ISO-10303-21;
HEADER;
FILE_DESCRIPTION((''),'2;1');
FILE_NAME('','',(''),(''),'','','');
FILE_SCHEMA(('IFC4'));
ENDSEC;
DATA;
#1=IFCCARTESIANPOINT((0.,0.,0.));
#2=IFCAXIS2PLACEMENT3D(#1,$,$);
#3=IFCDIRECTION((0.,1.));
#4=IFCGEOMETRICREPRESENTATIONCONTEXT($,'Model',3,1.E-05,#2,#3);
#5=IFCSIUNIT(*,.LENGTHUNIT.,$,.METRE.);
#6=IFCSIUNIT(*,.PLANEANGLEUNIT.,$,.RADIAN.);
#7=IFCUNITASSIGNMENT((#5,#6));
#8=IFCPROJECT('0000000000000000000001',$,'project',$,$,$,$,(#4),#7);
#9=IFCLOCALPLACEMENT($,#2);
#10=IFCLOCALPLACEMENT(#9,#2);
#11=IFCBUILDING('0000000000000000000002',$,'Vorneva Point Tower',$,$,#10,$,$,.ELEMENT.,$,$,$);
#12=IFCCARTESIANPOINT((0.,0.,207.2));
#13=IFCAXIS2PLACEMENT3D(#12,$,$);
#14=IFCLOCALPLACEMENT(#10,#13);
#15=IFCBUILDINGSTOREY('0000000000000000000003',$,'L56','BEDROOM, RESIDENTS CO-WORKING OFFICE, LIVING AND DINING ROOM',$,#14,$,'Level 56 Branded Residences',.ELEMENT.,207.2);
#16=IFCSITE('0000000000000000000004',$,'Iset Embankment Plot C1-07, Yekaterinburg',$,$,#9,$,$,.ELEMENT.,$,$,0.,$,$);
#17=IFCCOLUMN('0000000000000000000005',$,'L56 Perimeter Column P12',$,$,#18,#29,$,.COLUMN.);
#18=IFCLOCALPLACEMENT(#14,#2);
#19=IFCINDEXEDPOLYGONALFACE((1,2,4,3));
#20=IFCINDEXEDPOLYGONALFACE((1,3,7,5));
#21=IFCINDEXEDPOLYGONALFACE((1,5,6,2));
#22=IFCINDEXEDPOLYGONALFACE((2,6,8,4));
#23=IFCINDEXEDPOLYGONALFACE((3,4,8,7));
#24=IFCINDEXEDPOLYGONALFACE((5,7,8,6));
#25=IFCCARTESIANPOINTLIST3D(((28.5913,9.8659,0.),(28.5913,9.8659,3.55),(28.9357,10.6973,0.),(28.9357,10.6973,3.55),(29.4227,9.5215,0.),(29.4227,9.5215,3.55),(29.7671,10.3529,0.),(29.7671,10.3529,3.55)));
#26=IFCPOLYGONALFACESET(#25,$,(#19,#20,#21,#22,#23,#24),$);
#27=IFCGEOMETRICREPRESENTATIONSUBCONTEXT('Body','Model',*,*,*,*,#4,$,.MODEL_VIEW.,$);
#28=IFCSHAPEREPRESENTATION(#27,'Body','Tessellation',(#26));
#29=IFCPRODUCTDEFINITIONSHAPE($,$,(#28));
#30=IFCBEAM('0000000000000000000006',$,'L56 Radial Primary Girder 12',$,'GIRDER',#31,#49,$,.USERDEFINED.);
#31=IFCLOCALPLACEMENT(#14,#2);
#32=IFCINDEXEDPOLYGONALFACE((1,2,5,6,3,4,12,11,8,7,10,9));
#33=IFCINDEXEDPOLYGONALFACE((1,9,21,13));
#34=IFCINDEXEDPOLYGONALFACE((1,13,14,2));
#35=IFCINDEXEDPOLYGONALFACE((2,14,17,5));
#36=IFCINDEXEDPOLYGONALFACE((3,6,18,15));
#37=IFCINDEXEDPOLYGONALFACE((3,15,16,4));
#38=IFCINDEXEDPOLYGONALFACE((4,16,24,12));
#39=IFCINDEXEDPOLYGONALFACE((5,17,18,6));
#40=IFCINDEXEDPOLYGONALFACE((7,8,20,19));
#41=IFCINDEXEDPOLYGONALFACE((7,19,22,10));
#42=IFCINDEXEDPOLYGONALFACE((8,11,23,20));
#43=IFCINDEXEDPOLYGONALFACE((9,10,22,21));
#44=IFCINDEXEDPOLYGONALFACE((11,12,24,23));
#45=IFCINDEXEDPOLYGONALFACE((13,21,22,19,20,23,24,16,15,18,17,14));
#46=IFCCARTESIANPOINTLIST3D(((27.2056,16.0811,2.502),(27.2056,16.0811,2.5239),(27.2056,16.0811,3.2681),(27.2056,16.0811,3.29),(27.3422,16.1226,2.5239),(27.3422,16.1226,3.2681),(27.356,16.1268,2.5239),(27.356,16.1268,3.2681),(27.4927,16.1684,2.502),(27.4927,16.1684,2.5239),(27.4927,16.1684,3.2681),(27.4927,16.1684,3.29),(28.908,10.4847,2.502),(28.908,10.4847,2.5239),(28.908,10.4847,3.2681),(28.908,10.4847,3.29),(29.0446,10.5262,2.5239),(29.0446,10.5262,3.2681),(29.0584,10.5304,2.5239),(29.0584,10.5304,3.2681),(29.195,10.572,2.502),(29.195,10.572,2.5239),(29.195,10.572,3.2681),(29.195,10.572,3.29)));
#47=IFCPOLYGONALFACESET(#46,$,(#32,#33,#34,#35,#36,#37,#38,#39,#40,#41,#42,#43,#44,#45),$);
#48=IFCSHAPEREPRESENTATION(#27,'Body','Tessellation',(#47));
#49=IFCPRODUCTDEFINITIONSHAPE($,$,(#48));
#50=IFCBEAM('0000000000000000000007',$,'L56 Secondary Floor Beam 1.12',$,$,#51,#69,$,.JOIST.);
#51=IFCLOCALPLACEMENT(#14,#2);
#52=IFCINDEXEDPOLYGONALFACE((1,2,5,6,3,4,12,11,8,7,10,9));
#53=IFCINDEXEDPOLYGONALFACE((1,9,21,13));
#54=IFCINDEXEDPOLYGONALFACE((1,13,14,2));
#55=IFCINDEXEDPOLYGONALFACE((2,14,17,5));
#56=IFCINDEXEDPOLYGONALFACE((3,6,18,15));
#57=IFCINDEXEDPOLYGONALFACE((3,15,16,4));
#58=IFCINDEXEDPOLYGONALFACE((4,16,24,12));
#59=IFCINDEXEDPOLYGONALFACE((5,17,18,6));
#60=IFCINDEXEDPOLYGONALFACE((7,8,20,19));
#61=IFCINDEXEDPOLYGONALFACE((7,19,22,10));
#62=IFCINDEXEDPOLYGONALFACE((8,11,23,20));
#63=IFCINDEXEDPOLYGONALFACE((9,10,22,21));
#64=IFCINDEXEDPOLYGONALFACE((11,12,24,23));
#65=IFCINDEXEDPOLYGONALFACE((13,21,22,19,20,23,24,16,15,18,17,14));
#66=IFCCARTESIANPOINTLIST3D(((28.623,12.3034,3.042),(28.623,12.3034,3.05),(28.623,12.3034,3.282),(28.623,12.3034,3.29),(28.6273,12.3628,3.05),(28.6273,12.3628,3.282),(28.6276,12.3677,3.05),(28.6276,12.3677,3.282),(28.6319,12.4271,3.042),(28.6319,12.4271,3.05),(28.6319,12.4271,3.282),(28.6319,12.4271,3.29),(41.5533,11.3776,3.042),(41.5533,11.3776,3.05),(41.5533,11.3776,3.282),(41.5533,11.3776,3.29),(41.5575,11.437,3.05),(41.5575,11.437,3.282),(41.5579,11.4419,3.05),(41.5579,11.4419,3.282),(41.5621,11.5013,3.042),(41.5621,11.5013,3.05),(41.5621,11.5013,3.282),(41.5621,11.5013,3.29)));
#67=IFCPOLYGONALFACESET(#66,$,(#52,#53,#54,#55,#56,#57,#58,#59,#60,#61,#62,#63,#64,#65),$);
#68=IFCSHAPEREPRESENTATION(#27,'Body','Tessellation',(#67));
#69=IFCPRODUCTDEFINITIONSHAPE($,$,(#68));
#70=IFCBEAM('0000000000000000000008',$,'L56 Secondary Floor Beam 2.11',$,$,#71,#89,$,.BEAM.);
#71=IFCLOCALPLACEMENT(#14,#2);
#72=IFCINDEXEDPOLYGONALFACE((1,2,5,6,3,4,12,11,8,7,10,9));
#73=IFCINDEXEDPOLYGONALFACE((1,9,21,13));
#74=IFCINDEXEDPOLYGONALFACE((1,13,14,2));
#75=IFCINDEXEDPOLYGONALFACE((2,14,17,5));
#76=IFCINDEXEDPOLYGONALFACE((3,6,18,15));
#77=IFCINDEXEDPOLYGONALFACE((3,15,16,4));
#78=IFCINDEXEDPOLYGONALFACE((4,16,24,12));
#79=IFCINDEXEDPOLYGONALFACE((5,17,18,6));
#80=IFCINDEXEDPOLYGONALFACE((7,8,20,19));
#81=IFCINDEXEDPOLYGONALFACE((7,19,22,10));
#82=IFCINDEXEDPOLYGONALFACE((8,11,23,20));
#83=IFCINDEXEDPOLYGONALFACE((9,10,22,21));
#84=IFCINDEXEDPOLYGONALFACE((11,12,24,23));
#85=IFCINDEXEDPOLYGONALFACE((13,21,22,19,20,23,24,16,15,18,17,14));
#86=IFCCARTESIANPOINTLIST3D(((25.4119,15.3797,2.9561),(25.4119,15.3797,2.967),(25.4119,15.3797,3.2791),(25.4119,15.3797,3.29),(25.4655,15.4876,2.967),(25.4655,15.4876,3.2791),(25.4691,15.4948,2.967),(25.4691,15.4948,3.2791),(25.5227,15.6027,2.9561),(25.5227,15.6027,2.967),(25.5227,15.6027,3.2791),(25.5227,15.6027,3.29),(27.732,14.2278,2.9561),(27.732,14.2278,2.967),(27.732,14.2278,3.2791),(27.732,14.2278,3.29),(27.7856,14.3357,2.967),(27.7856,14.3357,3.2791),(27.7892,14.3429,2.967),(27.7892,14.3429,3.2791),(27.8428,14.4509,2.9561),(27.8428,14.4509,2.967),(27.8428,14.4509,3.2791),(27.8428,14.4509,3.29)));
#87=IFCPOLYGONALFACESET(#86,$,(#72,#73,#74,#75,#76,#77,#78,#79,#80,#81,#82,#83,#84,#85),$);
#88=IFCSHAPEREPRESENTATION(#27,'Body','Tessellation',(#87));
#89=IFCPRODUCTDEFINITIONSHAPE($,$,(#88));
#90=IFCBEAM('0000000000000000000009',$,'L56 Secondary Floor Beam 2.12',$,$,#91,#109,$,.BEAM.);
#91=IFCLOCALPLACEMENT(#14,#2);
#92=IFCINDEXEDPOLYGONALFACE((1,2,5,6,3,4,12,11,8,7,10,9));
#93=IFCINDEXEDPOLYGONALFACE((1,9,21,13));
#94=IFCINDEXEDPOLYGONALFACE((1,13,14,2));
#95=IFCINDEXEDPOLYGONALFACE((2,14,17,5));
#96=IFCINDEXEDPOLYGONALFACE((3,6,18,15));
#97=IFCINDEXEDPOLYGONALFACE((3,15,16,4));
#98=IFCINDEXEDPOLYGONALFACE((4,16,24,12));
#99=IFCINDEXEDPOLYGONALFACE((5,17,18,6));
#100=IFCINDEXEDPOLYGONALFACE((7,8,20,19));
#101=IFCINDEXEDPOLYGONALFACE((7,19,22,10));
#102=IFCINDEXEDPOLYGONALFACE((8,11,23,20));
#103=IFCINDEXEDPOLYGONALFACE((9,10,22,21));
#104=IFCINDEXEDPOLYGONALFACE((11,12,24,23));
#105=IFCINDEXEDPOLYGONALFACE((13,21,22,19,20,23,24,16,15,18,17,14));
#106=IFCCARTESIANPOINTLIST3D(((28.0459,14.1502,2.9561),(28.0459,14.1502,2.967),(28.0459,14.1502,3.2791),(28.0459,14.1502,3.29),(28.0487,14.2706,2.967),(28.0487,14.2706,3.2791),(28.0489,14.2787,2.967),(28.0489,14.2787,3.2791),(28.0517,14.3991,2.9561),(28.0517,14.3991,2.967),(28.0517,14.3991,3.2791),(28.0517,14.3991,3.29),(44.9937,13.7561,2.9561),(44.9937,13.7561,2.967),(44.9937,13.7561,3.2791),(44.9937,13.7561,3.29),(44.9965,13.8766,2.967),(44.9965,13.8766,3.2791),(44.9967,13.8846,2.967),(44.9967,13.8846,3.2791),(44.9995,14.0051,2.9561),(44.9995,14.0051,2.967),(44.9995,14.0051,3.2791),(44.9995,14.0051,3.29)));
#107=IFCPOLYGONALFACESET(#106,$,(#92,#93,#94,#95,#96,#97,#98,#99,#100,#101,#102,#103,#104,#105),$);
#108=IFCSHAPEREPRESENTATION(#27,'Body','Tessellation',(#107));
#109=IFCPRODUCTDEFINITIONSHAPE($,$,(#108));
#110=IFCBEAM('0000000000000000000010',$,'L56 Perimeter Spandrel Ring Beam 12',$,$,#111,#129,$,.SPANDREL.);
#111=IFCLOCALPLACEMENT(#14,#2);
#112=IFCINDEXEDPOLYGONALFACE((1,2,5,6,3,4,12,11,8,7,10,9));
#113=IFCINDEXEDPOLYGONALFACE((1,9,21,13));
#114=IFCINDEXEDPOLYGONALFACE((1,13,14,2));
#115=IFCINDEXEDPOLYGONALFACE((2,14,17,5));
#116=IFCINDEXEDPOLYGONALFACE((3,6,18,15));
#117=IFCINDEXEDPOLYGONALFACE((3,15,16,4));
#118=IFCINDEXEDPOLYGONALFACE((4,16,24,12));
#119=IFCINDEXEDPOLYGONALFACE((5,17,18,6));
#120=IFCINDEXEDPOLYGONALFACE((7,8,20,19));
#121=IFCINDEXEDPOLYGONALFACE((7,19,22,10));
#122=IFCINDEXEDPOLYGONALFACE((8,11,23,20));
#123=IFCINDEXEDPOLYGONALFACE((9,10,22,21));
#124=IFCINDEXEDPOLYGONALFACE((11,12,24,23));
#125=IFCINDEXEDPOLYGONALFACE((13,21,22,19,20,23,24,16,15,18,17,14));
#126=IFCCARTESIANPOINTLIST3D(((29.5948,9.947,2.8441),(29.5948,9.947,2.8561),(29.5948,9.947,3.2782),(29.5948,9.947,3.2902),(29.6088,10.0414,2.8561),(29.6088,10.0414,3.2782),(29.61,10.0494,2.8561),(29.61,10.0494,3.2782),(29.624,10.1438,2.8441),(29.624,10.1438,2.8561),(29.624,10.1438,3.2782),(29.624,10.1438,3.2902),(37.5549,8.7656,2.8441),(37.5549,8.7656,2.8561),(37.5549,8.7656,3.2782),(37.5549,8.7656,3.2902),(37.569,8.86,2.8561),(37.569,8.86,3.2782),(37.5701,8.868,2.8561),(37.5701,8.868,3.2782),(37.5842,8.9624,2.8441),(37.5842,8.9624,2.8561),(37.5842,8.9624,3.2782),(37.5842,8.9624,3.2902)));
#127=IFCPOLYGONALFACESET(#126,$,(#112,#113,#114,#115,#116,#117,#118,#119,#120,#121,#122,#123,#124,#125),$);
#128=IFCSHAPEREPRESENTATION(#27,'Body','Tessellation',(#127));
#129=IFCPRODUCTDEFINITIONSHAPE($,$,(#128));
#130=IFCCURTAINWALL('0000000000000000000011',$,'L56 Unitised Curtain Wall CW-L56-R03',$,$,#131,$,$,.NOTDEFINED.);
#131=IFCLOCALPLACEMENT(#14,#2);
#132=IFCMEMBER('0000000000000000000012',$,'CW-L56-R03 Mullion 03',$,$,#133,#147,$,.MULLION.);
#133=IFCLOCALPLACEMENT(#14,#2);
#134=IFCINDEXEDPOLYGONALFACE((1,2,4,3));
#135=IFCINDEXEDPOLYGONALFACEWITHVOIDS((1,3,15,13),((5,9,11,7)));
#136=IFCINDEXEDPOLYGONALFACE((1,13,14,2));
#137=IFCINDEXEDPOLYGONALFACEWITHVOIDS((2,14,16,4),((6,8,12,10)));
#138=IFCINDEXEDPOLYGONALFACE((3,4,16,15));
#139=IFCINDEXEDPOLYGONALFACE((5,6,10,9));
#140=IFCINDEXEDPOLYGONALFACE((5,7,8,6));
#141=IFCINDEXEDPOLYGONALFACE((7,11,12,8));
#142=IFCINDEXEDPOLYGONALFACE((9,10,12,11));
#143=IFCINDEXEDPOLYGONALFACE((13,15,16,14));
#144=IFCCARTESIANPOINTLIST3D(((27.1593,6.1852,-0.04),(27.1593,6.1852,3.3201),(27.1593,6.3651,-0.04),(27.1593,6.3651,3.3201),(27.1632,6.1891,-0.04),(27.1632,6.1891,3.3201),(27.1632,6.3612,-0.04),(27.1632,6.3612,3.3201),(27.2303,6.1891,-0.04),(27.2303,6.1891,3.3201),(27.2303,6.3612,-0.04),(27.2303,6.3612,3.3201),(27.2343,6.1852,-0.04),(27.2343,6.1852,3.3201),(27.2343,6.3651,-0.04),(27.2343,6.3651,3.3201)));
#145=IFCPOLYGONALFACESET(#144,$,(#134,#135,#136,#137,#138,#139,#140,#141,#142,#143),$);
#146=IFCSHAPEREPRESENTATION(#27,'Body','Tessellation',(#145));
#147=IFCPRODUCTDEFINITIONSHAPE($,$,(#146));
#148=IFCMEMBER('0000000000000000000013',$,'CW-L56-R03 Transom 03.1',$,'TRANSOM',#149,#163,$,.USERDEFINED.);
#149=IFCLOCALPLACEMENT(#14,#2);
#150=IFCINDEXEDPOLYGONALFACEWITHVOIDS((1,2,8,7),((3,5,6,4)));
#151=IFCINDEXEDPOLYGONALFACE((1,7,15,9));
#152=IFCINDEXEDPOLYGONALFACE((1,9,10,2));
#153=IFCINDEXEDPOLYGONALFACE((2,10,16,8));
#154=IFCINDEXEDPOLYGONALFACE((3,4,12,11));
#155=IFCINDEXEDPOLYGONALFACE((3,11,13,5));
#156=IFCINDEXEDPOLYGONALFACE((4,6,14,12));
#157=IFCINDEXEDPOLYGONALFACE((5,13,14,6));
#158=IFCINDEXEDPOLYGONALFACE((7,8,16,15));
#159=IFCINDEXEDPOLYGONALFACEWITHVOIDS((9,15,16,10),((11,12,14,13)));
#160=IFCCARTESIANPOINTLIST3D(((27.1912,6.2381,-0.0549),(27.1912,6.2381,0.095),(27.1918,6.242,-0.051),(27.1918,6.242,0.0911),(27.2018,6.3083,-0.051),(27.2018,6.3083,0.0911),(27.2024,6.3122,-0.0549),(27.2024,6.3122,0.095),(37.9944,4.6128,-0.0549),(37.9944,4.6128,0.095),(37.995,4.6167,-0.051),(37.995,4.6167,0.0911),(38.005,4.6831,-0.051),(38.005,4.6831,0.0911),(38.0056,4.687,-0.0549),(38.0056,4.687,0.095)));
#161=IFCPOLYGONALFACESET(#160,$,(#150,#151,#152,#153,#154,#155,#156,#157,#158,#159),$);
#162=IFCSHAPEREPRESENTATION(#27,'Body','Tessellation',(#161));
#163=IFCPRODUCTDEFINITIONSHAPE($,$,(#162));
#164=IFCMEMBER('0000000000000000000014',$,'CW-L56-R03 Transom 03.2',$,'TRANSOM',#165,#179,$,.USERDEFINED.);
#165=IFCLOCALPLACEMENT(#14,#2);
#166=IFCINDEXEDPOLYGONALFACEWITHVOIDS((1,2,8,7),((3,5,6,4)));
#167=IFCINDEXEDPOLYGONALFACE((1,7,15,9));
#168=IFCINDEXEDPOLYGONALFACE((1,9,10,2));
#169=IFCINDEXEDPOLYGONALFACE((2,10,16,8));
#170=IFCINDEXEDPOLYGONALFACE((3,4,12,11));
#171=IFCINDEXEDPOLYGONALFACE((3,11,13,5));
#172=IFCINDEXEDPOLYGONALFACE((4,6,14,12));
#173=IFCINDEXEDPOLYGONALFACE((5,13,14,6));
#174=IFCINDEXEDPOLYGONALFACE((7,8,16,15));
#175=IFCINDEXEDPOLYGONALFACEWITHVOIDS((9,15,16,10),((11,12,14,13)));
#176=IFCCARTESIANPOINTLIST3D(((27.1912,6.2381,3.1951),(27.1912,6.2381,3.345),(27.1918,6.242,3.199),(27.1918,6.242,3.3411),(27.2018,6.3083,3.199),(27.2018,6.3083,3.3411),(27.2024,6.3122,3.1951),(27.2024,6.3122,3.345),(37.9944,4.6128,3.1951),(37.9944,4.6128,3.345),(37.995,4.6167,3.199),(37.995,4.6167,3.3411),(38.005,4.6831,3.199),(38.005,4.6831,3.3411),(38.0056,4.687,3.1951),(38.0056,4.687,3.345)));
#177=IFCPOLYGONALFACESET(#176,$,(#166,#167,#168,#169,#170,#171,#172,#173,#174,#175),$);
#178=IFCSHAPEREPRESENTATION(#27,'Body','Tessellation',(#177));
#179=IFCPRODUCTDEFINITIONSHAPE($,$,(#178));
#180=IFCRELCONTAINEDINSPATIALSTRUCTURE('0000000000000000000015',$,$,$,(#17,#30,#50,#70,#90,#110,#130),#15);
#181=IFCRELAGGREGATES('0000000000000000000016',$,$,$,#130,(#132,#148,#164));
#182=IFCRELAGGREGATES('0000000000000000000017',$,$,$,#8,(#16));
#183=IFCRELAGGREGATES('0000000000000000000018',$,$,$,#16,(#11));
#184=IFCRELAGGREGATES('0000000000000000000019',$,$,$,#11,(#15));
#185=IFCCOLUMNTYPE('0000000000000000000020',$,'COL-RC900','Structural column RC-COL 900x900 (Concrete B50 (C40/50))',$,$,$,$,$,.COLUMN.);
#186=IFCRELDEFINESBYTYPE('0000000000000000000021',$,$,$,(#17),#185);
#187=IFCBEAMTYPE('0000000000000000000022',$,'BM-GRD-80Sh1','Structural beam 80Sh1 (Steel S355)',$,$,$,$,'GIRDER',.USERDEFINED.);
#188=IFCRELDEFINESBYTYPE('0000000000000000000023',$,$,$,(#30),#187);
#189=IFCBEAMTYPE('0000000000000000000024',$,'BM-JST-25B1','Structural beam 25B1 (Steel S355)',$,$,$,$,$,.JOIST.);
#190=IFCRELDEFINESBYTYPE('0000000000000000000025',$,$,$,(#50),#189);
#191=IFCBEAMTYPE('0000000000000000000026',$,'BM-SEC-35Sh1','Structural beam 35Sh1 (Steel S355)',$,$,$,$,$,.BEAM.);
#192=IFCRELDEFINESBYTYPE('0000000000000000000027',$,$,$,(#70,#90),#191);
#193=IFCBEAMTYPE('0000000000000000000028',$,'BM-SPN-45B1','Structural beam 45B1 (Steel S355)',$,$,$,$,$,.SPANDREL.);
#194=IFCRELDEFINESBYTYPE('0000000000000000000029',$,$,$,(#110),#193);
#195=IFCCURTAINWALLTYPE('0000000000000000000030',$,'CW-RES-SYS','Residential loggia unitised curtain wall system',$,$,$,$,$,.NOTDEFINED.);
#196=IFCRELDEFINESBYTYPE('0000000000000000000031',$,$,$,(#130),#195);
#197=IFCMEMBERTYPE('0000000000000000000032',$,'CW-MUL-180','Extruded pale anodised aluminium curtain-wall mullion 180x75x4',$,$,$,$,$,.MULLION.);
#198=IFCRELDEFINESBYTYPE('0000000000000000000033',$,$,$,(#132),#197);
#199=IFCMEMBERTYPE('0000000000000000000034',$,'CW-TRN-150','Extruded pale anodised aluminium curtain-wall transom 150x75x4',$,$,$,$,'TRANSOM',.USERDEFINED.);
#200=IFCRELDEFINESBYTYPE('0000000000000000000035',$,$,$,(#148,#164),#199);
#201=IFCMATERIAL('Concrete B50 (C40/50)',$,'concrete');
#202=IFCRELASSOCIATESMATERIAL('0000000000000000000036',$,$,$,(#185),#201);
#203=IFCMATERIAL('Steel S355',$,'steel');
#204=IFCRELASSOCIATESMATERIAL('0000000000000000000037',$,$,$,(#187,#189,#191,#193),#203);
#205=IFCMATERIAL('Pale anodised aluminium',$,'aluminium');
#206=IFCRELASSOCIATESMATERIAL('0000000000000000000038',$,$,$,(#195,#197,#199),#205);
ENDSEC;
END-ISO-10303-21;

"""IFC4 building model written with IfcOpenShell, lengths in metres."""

from ifc_helpers import new_model, si_unit, direction, frame, origin, origin_2d, place, context, subcontext, project, spatial, rectangle, hollow_rectangle, i_section, extrude, material, material_profile, profile_set, type_object, element, aggregate, save


model = new_model("IFC4")

# Units and contexts
model_context = context("Model", 3, precision=1e-05, world=origin(), true_north=direction((0.0, 1.0)))
body_context = subcontext(model_context, "Body", "Model", "MODEL_VIEW")
ifc_project = project(units=[si_unit("LENGTHUNIT", "METRE"), si_unit("PLANEANGLEUNIT", "RADIAN")], contexts=[model_context])

# Site, building, storey
site_placement = place(None, origin())
site = spatial("IfcSite", under=ifc_project, at=site_placement, Name="Iset Embankment Plot C1-07, Yekaterinburg", CompositionType="ELEMENT", RefElevation=0.0)
building_placement = place(site_placement, origin())
building = spatial("IfcBuilding", under=site, at=building_placement, Name="Vorneva Point Tower", CompositionType="ELEMENT")
storey_placement = place(building_placement, frame((0.0, 0.0, 207.2)))
storey = spatial("IfcBuildingStorey", under=building, at=storey_placement, Name="L56", Description="BEDROOM, RESIDENTS CO-WORKING OFFICE, LIVING AND DINING ROOM", LongName="Level 56 Branded Residences", CompositionType="ELEMENT", Elevation=207.2)

# Column
ifc_material_1 = material(Name="Concrete B50 (C40/50)", Category="concrete")
ifc_material_profile_1 = material_profile(ifc_material_1, rectangle(XDim=0.8999, YDim=0.8999, at=origin_2d()), Name="RC-COL 900x900")
ifc_profile_set_1 = profile_set([ifc_material_profile_1], Name="Concrete B50 (C40/50)")
column_type = type_object("IfcColumnType", Name="COL-RC900", Description="Structural column RC-COL 900x900 (Concrete B50 (C40/50))", PredefinedType="COLUMN", material=ifc_profile_set_1)
column_placement = place(storey_placement, frame((29.1792, 10.1094, 0.0), z_axis=(0.0, 0.0, 1.0), x_axis=(-0.382683, -0.92388, 0.0)))
element("IfcColumn", 1, at=column_placement, inside=storey, type_object=column_type, Name="L56 Perimeter Column P12", PredefinedType="COLUMN", context=body_context, shape_type="SweptSolid", body=[
    extrude(rectangle(XDim=0.8999, YDim=0.8999, at=origin_2d()), origin(), (0.0, 0.0, 1.0), 3.55),
])

# Beams
ifc_material_2 = material(Name="Steel S355", Category="steel")
ifc_material_profile_2 = material_profile(ifc_material_2, i_section(OverallWidth=0.3, OverallDepth=0.7881, WebThickness=0.0144, FlangeThickness=0.022, at=origin_2d()), Name="80Sh1")
ifc_profile_set_2 = profile_set([ifc_material_profile_2], Name="Steel S355")
beam_type_1 = type_object("IfcBeamType", Name="BM-GRD-80Sh1", Description="Structural beam 80Sh1 (Steel S355)", ElementType="GIRDER", PredefinedType="USERDEFINED", material=ifc_profile_set_2)
beam_1_placement = place(storey_placement, frame((29.0515, 10.5283, 2.896), z_axis=(-0.291025, 0.956715, 0.0), x_axis=(-0.956715, -0.291025, 0.0)))
element("IfcBeam", 2, at=beam_1_placement, inside=storey, type_object=beam_type_1, Name="L56 Radial Primary Girder 12", ObjectType="GIRDER", PredefinedType="USERDEFINED", context=body_context, shape_type="SweptSolid", body=[
    extrude(i_section(OverallWidth=0.3, OverallDepth=0.7881, WebThickness=0.0144, FlangeThickness=0.022, at=origin_2d()), origin(), (0.0, 0.0, 1.0), 5.8496),
])
ifc_material_profile_3 = material_profile(ifc_material_2, i_section(OverallWidth=0.124, OverallDepth=0.248, WebThickness=0.0049, FlangeThickness=0.0081, at=origin_2d()), Name="25B1")
ifc_profile_set_3 = profile_set([ifc_material_profile_3], Name="Steel S355")
beam_type_2 = type_object("IfcBeamType", Name="BM-JST-25B1", Description="Structural beam 25B1 (Steel S355)", PredefinedType="JOIST", material=ifc_profile_set_3)
beam_2_placement = place(storey_placement, frame((28.6274, 12.3652, 3.166), z_axis=(0.997447, -0.071416, 0.0), x_axis=(0.071416, 0.997447, 0.0)))
element("IfcBeam", 3, at=beam_2_placement, inside=storey, type_object=beam_type_2, Name="L56 Secondary Floor Beam 1.12", PredefinedType="JOIST", context=body_context, shape_type="SweptSolid", body=[
    extrude(i_section(OverallWidth=0.124, OverallDepth=0.248, WebThickness=0.0049, FlangeThickness=0.0081, at=origin_2d()), origin(), (0.0, 0.0, 1.0), 12.9634),
])
ifc_material_profile_4 = material_profile(ifc_material_2, i_section(OverallWidth=0.249, OverallDepth=0.334, WebThickness=0.0081, FlangeThickness=0.011, at=origin_2d()), Name="35Sh1")
ifc_profile_set_4 = profile_set([ifc_material_profile_4], Name="Steel S355")
beam_type_3 = type_object("IfcBeamType", Name="BM-SEC-35Sh1", Description="Structural beam 35Sh1 (Steel S355)", PredefinedType="BEAM", material=ifc_profile_set_4)
beam_3_placement = place(storey_placement, frame((25.4673, 15.4912, 3.123), z_axis=(0.895687, -0.444686, 0.0), x_axis=(0.444686, 0.895687, 0.0)))
element("IfcBeam", 4, at=beam_3_placement, inside=storey, type_object=beam_type_3, Name="L56 Secondary Floor Beam 2.11", PredefinedType="BEAM", context=body_context, shape_type="SweptSolid", body=[
    extrude(i_section(OverallWidth=0.249, OverallDepth=0.334, WebThickness=0.0081, FlangeThickness=0.011, at=origin_2d()), origin(), (0.0, 0.0, 1.0), 2.5903),
])
beam_4_placement = place(storey_placement, frame((28.0488, 14.2747, 3.123), z_axis=(0.99973, -0.023244, 0.0), x_axis=(0.023244, 0.99973, 0.0)))
element("IfcBeam", 5, at=beam_4_placement, inside=storey, type_object=beam_type_3, Name="L56 Secondary Floor Beam 2.12", PredefinedType="BEAM", context=body_context, shape_type="SweptSolid", body=[
    extrude(i_section(OverallWidth=0.249, OverallDepth=0.334, WebThickness=0.0081, FlangeThickness=0.011, at=origin_2d()), origin(), (0.0, 0.0, 1.0), 16.9524),
])
ifc_material_profile_5 = material_profile(ifc_material_2, i_section(OverallWidth=0.199, OverallDepth=0.446, WebThickness=0.0081, FlangeThickness=0.012, at=origin_2d()), Name="45B1")
ifc_profile_set_5 = profile_set([ifc_material_profile_5], Name="Steel S355")
beam_type_4 = type_object("IfcBeamType", Name="BM-SPN-45B1", Description="Structural beam 45B1 (Steel S355)", PredefinedType="SPANDREL", material=ifc_profile_set_5)
beam_5_placement = place(storey_placement, frame((29.6094, 10.0454, 3.0671), z_axis=(0.989165, -0.146805, 0.0), x_axis=(0.146805, 0.989165, 0.0)))
element("IfcBeam", 6, at=beam_5_placement, inside=storey, type_object=beam_type_4, Name="L56 Perimeter Spandrel Ring Beam 12", PredefinedType="SPANDREL", context=body_context, shape_type="SweptSolid", body=[
    extrude(i_section(OverallWidth=0.199, OverallDepth=0.446, WebThickness=0.0081, FlangeThickness=0.012, at=origin_2d()), origin(), (0.0, 0.0, 1.0), 8.0474),
])

# Curtain wall, members
ifc_material_3 = material(Name="Pale anodised aluminium", Category="aluminium")
curtain_wall_type = type_object("IfcCurtainWallType", Name="CW-RES-SYS", Description="Residential loggia unitised curtain wall system", PredefinedType="NOTDEFINED", material=ifc_material_3)
curtain_wall_placement = place(storey_placement, origin())
curtain_wall = element("IfcCurtainWall", 7, at=curtain_wall_placement, inside=storey, type_object=curtain_wall_type, Name="L56 Unitised Curtain Wall CW-L56-R03", PredefinedType="NOTDEFINED")
ifc_material_profile_6 = material_profile(ifc_material_3, hollow_rectangle(XDim=0.075, YDim=0.1799, WallThickness=0.0039, at=origin_2d()), Name="AL-MUL 180x75x4")
ifc_profile_set_6 = profile_set([ifc_material_profile_6], Name="Pale anodised aluminium")
member_type_1 = type_object("IfcMemberType", Name="CW-MUL-180", Description="Extruded pale anodised aluminium curtain-wall mullion 180x75x4", PredefinedType="MULLION", material=ifc_profile_set_6)
member_1_placement = place(storey_placement, frame((27.1968, 6.2751, -0.04), z_axis=(0.0, 0.0, 1.0), x_axis=(1.0, 0.0, 0.0)))
member_1 = element("IfcMember", 8, at=member_1_placement, type_object=member_type_1, Name="CW-L56-R03 Mullion 03", PredefinedType="MULLION", context=body_context, shape_type="SweptSolid", body=[
    extrude(hollow_rectangle(XDim=0.075, YDim=0.1799, WallThickness=0.0039, at=origin_2d()), origin(), (0.0, 0.0, 1.0), 3.3601),
])
ifc_material_profile_7 = material_profile(ifc_material_3, hollow_rectangle(XDim=0.075, YDim=0.1499, WallThickness=0.0039, at=origin_2d()), Name="AL-TRN 150x75x4")
ifc_profile_set_7 = profile_set([ifc_material_profile_7], Name="Pale anodised aluminium")
member_type_2 = type_object("IfcMemberType", Name="CW-TRN-150", Description="Extruded pale anodised aluminium curtain-wall transom 150x75x4", ElementType="TRANSOM", PredefinedType="USERDEFINED", material=ifc_profile_set_7)
member_2_placement = place(storey_placement, frame((27.1968, 6.2751, 0.02), z_axis=(0.988872, -0.148767, 0.0), x_axis=(0.148767, 0.988872, 0.0)))
member_2 = element("IfcMember", 9, at=member_2_placement, type_object=member_type_2, Name="CW-L56-R03 Transom 03.1", ObjectType="TRANSOM", PredefinedType="USERDEFINED", context=body_context, shape_type="SweptSolid", body=[
    extrude(hollow_rectangle(XDim=0.075, YDim=0.1499, WallThickness=0.0039, at=origin_2d()), origin(), (0.0, 0.0, 1.0), 10.9248),
])
member_3_placement = place(storey_placement, frame((27.1968, 6.2751, 3.27), z_axis=(0.988872, -0.148767, 0.0), x_axis=(0.148767, 0.988872, 0.0)))
member_3 = element("IfcMember", 10, at=member_3_placement, type_object=member_type_2, Name="CW-L56-R03 Transom 03.2", ObjectType="TRANSOM", PredefinedType="USERDEFINED", context=body_context, shape_type="SweptSolid", body=[
    extrude(hollow_rectangle(XDim=0.075, YDim=0.1499, WallThickness=0.0039, at=origin_2d()), origin(), (0.0, 0.0, 1.0), 10.9248),
])
aggregate(curtain_wall, [member_1, member_2, member_3])

save(model, "model.ifc")
